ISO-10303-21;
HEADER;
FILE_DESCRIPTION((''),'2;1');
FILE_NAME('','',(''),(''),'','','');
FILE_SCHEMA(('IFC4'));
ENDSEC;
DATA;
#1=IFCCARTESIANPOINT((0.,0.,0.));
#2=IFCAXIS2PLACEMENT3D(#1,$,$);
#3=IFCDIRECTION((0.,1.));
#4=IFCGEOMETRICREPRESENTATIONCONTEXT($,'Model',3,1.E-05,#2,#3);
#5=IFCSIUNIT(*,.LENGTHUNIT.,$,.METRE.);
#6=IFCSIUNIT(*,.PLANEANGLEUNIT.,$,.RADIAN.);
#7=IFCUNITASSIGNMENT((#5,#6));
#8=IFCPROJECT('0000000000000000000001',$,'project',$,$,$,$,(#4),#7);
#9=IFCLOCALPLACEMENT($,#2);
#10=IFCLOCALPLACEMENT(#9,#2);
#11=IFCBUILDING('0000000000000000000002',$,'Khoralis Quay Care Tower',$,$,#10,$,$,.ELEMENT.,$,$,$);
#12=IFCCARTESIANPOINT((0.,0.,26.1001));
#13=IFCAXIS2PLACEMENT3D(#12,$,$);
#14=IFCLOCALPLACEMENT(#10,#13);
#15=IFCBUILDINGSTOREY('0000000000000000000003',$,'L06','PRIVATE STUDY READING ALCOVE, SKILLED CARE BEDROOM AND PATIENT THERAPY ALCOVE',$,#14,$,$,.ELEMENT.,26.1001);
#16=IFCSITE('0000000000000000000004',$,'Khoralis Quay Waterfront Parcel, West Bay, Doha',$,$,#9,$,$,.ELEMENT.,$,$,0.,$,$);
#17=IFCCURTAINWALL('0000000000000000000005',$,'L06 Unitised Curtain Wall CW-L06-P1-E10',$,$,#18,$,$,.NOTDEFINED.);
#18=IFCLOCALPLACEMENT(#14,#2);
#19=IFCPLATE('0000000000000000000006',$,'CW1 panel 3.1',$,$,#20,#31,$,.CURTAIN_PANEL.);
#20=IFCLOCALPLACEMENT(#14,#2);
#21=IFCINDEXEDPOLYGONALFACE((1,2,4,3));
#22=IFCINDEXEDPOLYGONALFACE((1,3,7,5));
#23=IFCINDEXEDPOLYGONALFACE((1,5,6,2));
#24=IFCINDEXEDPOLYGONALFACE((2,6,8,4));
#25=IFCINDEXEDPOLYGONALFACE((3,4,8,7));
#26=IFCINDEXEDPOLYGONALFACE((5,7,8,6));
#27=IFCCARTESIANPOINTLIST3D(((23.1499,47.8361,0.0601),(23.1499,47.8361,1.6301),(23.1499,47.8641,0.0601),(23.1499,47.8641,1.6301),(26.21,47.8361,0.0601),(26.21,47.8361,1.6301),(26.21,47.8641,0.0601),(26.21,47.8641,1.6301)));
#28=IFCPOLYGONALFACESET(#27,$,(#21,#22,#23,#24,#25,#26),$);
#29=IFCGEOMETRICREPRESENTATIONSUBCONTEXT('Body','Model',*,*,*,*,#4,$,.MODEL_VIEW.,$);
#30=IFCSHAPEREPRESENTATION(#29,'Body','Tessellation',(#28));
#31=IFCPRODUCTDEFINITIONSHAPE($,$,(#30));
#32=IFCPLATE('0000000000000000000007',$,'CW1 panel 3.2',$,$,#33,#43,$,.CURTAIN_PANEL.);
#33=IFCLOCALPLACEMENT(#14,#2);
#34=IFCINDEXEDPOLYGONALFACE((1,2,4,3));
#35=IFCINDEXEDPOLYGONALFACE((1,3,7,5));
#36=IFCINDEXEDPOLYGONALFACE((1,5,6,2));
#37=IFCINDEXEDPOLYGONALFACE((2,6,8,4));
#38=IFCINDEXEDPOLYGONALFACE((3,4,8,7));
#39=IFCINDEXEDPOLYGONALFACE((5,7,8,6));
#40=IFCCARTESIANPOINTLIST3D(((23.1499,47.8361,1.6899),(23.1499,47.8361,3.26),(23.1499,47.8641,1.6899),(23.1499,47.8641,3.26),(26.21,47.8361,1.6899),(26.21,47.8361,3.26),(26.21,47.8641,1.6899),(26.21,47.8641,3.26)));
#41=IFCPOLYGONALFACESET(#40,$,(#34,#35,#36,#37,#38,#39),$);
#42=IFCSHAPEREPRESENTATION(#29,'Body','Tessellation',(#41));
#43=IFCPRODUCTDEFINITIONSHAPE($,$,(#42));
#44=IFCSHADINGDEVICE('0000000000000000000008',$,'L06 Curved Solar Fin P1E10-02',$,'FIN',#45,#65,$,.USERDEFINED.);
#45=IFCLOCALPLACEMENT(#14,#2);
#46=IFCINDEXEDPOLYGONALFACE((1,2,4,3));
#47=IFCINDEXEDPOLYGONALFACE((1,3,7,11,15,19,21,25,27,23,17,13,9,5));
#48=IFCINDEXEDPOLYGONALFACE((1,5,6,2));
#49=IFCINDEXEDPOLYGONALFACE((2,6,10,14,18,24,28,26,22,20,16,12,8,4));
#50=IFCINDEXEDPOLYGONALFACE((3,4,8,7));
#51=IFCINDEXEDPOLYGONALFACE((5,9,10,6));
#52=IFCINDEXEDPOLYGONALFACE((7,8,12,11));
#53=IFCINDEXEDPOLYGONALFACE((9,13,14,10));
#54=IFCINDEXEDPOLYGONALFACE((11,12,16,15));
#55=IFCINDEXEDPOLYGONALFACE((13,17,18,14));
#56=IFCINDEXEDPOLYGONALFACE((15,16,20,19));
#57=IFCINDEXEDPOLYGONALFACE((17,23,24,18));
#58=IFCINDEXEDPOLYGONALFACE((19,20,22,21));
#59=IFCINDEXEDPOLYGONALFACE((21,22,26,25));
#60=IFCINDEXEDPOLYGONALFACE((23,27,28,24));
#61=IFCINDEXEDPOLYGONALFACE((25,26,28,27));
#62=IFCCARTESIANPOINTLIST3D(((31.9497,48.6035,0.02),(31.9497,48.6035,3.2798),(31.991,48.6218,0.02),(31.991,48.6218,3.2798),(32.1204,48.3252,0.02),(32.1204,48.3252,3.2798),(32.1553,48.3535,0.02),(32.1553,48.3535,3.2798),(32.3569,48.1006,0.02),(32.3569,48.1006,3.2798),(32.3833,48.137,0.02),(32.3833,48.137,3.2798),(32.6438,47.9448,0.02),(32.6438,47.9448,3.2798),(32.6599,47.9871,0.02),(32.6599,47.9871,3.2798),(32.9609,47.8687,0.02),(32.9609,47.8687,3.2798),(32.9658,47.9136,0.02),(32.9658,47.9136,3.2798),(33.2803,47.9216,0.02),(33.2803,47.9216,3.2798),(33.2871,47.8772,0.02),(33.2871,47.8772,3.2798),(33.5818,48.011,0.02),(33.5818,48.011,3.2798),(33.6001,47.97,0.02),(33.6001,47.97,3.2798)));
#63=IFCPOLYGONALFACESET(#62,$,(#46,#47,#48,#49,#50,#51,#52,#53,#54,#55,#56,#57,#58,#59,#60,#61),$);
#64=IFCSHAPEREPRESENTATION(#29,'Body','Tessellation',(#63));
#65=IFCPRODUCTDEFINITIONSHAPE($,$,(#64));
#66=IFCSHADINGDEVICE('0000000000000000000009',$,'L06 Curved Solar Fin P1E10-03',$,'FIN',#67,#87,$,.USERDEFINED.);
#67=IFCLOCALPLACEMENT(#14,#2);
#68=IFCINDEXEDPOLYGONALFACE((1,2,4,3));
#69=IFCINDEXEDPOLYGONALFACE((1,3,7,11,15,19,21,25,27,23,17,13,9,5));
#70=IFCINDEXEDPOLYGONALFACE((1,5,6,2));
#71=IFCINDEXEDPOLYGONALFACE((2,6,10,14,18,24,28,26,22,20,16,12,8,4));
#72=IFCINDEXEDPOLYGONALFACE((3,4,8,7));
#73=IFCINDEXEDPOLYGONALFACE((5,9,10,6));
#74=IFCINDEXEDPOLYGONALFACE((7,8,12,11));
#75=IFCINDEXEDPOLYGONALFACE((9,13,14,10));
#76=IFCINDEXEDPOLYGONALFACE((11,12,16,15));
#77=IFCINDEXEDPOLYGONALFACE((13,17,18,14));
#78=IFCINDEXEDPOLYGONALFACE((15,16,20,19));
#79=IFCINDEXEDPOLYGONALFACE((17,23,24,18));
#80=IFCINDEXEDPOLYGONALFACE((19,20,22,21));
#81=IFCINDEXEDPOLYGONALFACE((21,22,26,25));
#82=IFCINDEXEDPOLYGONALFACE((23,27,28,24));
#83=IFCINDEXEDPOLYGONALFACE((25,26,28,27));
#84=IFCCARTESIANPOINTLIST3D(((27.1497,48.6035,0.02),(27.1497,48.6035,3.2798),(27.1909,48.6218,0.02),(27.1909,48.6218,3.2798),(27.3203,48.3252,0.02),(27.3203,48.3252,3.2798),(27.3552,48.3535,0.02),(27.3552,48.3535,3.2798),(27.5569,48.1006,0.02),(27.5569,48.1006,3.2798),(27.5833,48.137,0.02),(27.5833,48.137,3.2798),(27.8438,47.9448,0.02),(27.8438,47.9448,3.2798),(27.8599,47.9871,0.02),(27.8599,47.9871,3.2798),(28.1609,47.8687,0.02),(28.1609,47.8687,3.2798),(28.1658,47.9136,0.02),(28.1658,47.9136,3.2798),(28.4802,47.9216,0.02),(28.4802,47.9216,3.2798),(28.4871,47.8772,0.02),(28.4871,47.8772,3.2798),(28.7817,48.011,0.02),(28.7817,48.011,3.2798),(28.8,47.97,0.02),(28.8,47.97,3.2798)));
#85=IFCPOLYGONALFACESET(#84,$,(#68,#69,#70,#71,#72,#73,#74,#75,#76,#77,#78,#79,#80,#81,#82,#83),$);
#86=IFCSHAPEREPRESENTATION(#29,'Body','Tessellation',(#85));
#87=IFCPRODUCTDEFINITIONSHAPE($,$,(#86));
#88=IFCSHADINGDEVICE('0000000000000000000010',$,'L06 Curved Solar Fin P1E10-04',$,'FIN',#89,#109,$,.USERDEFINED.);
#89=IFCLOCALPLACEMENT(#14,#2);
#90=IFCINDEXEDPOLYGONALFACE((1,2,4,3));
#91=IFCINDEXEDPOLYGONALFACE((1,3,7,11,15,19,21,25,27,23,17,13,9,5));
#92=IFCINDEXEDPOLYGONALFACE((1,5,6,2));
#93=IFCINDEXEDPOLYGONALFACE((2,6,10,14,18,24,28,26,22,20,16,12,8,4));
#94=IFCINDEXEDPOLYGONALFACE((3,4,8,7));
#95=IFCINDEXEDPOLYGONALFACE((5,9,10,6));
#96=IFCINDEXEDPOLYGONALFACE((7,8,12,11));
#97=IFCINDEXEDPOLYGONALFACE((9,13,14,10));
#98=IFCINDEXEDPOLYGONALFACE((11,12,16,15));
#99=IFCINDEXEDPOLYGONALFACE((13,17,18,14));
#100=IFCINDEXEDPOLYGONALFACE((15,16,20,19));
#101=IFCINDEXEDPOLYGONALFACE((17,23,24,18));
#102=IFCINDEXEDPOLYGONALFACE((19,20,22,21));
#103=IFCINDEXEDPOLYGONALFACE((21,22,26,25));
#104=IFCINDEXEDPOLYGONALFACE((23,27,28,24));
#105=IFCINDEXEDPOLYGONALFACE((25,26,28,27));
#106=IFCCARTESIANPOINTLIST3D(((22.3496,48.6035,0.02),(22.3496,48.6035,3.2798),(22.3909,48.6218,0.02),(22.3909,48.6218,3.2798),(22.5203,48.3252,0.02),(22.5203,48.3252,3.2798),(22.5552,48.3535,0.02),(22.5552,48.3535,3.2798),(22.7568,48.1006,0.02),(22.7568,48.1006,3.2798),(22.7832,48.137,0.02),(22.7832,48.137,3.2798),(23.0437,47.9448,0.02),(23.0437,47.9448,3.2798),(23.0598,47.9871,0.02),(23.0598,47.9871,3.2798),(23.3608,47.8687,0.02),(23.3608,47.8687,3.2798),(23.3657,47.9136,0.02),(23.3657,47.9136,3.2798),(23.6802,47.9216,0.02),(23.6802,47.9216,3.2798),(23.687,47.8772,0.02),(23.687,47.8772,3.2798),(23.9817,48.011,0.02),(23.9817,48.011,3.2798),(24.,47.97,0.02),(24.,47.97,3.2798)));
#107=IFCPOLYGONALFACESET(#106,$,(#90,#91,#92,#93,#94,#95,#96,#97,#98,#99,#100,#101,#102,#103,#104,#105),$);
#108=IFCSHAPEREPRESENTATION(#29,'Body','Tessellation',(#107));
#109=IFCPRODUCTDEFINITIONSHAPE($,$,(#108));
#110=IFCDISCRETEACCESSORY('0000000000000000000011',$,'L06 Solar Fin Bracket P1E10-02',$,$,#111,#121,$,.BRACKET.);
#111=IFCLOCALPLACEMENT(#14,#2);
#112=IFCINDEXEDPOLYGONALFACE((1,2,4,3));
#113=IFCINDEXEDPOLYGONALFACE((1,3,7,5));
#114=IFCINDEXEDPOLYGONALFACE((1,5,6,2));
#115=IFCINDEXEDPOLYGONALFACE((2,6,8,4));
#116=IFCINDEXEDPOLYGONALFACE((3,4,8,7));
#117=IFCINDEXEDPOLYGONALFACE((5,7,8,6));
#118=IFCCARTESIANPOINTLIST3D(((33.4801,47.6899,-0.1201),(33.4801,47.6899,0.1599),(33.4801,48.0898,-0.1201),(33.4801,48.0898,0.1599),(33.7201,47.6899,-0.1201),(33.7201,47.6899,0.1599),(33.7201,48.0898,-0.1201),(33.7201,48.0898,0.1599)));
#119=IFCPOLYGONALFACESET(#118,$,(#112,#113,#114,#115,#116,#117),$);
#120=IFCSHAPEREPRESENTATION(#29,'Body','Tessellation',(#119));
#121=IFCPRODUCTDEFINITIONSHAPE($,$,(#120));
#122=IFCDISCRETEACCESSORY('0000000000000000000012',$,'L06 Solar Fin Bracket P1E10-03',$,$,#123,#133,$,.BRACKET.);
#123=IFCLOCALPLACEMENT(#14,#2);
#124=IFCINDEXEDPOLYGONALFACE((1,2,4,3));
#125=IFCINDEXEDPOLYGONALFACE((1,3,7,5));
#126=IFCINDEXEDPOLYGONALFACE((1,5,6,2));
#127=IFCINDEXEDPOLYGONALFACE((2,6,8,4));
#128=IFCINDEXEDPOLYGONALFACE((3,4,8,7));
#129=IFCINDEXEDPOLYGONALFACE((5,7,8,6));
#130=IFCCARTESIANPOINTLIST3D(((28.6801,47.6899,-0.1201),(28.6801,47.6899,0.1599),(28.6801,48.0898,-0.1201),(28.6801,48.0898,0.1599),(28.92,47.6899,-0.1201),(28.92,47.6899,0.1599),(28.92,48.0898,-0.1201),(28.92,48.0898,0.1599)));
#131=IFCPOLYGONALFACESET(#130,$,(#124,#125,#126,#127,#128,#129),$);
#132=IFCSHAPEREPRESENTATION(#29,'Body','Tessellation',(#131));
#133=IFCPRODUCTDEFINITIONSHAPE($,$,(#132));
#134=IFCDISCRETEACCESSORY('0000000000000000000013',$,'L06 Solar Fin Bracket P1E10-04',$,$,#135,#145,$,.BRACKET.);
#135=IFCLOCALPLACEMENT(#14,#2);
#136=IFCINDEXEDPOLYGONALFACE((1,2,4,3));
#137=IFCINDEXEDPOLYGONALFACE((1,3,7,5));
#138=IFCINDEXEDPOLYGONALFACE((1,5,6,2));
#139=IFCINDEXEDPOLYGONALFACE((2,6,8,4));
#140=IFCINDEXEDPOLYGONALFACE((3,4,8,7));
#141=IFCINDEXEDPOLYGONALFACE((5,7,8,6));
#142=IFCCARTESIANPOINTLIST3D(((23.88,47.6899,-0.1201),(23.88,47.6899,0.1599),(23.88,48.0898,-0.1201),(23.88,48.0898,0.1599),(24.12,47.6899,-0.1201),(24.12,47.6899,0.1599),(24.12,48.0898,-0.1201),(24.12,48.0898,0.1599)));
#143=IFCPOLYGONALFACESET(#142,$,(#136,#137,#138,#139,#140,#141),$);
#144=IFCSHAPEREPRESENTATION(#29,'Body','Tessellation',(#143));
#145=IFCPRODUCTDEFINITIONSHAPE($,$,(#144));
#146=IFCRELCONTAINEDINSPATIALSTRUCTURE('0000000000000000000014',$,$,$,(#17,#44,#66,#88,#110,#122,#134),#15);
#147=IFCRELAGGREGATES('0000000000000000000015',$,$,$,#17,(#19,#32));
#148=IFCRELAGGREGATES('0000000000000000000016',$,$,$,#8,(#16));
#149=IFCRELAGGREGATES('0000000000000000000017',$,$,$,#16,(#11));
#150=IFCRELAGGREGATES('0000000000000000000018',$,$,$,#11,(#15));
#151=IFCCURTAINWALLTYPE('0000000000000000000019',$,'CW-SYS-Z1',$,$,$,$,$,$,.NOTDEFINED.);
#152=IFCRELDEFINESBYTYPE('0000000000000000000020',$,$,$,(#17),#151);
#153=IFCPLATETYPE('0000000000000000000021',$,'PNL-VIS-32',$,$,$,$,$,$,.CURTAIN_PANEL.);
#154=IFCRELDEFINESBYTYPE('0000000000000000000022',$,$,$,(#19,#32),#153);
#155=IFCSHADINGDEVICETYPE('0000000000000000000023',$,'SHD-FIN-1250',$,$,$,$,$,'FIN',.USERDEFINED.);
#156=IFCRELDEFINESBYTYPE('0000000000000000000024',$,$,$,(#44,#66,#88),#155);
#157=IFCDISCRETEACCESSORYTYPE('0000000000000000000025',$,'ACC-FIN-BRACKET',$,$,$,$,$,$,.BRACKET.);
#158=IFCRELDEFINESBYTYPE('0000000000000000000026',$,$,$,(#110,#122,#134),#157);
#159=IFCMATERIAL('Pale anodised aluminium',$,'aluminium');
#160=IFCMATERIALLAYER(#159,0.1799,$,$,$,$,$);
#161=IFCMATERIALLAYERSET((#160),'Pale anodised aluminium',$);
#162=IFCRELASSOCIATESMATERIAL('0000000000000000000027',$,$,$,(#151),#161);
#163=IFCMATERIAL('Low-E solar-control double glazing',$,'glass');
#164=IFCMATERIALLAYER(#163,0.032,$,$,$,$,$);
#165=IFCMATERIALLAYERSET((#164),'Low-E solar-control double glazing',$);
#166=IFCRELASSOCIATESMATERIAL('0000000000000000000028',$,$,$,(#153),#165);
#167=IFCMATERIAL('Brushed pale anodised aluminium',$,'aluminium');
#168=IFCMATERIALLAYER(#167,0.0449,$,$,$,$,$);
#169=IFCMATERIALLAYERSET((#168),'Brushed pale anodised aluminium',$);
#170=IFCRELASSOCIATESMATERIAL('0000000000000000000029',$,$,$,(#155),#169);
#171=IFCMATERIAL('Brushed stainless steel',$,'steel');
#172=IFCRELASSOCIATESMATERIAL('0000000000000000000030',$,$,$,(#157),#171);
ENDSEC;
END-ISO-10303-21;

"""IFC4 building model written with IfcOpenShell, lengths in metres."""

from ifc_helpers import new_model, si_unit, direction, frame, origin, origin_2d, place, context, subcontext, project, spatial, polyline, rectangle, outline, extrude, source, transform, mapped, material, layer, layer_set, type_object, element, aggregate, save


model = new_model("IFC4")

# Units and contexts
model_context = context("Model", 3, precision=1e-05, world=origin(), true_north=direction((0.0, 1.0)))
body_context = subcontext(model_context, "Body", "Model", "MODEL_VIEW")
ifc_project = project(units=[si_unit("LENGTHUNIT", "METRE"), si_unit("PLANEANGLEUNIT", "RADIAN")], contexts=[model_context])

# Site, building, storey
site_placement = place(None, origin())
site = spatial("IfcSite", under=ifc_project, at=site_placement, Name="Khoralis Quay Waterfront Parcel, West Bay, Doha", CompositionType="ELEMENT", RefElevation=0.0)
building_placement = place(site_placement, origin())
building = spatial("IfcBuilding", under=site, at=building_placement, Name="Khoralis Quay Care Tower", CompositionType="ELEMENT")
storey_placement = place(building_placement, frame((0.0, 0.0, 26.1001)))
storey = spatial("IfcBuildingStorey", under=building, at=storey_placement, Name="L06", Description="PRIVATE STUDY READING ALCOVE, SKILLED CARE BEDROOM AND PATIENT THERAPY ALCOVE", CompositionType="ELEMENT", Elevation=26.1001)

# Curtain wall
ifc_material_1 = material(Name="Pale anodised aluminium", Category="aluminium")
ifc_layer_1 = layer(ifc_material_1, 0.1799)
ifc_layer_set_1 = layer_set([ifc_layer_1], Name="Pale anodised aluminium")
curtain_wall_type = type_object("IfcCurtainWallType", Name="CW-SYS-Z1", PredefinedType="NOTDEFINED", material=ifc_layer_set_1)
curtain_wall_placement = place(storey_placement, origin())
curtain_wall = element("IfcCurtainWall", 1, at=curtain_wall_placement, inside=storey, type_object=curtain_wall_type, Name="L06 Unitised Curtain Wall CW-L06-P1-E10", PredefinedType="NOTDEFINED")

# Plates
ifc_material_2 = material(Name="Low-E solar-control double glazing", Category="glass")
ifc_layer_2 = layer(ifc_material_2, 0.032)
ifc_layer_set_2 = layer_set([ifc_layer_2], Name="Low-E solar-control double glazing")
plate_type = type_object("IfcPlateType", Name="PNL-VIS-32", PredefinedType="CURTAIN_PANEL", material=ifc_layer_set_2)
shared_shape_1 = source(origin(), body_context, "Body", "SweptSolid", [
    extrude(rectangle(XDim=3.0601, YDim=0.0281, at=origin_2d()), origin(), (0.0, 0.0, 1.0), 1.5701),
])
plate_1_placement = place(storey_placement, frame((24.6799, 47.8501, 0.0601), z_axis=(0.0, 0.0, 1.0), x_axis=(-1.0, 0.0, 0.0)))
plate_1 = element("IfcPlate", 2, at=plate_1_placement, type_object=plate_type, Name="CW1 panel 3.1", PredefinedType="CURTAIN_PANEL", context=body_context, shape_type="MappedRepresentation", body=[
    mapped(shared_shape_1, transform((0.0, 0.0, 0.0), scale=1.0)),
])
plate_2_placement = place(storey_placement, frame((24.6799, 47.8501, 1.6899), z_axis=(0.0, 0.0, 1.0), x_axis=(-1.0, 0.0, 0.0)))
plate_2 = element("IfcPlate", 3, at=plate_2_placement, type_object=plate_type, Name="CW1 panel 3.2", PredefinedType="CURTAIN_PANEL", context=body_context, shape_type="MappedRepresentation", body=[
    mapped(shared_shape_1, transform((0.0, 0.0, 0.0), scale=1.0)),
])
aggregate(curtain_wall, [plate_1, plate_2])

# Shading devices
ifc_material_3 = material(Name="Brushed pale anodised aluminium", Category="aluminium")
ifc_layer_3 = layer(ifc_material_3, 0.0449)
ifc_layer_set_3 = layer_set([ifc_layer_3], Name="Brushed pale anodised aluminium")
shading_device_type = type_object("IfcShadingDeviceType", Name="SHD-FIN-1250", ElementType="FIN", PredefinedType="USERDEFINED", material=ifc_layer_set_3)
shared_shape_2 = source(origin(), body_context, "Body", "SweptSolid", [
    extrude(outline(polyline([(0.0, 0.0), (-0.0928, 0.313), (-0.1013, 0.6392), (-0.0251, 0.9563), (0.1306, 1.2432), (0.3552, 1.4797), (0.6335, 1.6504), (0.6519, 1.6091), (0.3835, 1.4448), (0.167, 1.2168), (0.0171, 0.9402), (-0.0564, 0.6343), (-0.0483, 0.3198), (0.041, 0.0183), (0.0, 0.0)])), origin(), (0.0, 0.0, 1.0), 3.2598),
])
for number, where, z_axis, x_axis, name in (
    (4, (33.6001, 47.97, 0.02), (0.0, 0.0, 1.0), (0.0, 1.0, 0.0), "L06 Curved Solar Fin P1E10-02"),
    (5, (28.8, 47.97, 0.02), (0.0, 0.0, 1.0), (0.0, 1.0, 0.0), "L06 Curved Solar Fin P1E10-03"),
    (6, (24.0, 47.97, 0.02), (0.0, 0.0, 1.0), (0.0, 1.0, 0.0), "L06 Curved Solar Fin P1E10-04"),
):
    element("IfcShadingDevice", number, at=place(storey_placement, frame(where, z_axis=z_axis, x_axis=x_axis)), inside=storey, type_object=shading_device_type, Name=name, ObjectType="FIN", PredefinedType="USERDEFINED", context=body_context, shape_type="MappedRepresentation", body=[
        mapped(shared_shape_2, transform((0.0, 0.0, 0.0), scale=1.0)),
    ])

# Discrete accessories
ifc_material_4 = material(Name="Brushed stainless steel", Category="steel")
discrete_accessory_type = type_object("IfcDiscreteAccessoryType", Name="ACC-FIN-BRACKET", PredefinedType="BRACKET", material=ifc_material_4)
shared_shape_3 = source(origin(), body_context, "Body", "SweptSolid", [
    extrude(rectangle(XDim=0.3999, YDim=0.24, at=origin_2d()), origin(), (0.0, 0.0, 1.0), 0.28),
])
for number, where, z_axis, x_axis, name in (
    (7, (33.6001, 47.8899, -0.1201), (0.0, 0.0, 1.0), (0.0, 1.0, 0.0), "L06 Solar Fin Bracket P1E10-02"),
    (8, (28.8, 47.8899, -0.1201), (0.0, 0.0, 1.0), (0.0, 1.0, 0.0), "L06 Solar Fin Bracket P1E10-03"),
    (9, (24.0, 47.8899, -0.1201), (0.0, 0.0, 1.0), (0.0, 1.0, 0.0), "L06 Solar Fin Bracket P1E10-04"),
):
    element("IfcDiscreteAccessory", number, at=place(storey_placement, frame(where, z_axis=z_axis, x_axis=x_axis)), inside=storey, type_object=discrete_accessory_type, Name=name, PredefinedType="BRACKET", context=body_context, shape_type="MappedRepresentation", body=[
        mapped(shared_shape_3, transform((0.0, 0.0, 0.0), scale=1.0)),
    ])

save(model, "model.ifc")
